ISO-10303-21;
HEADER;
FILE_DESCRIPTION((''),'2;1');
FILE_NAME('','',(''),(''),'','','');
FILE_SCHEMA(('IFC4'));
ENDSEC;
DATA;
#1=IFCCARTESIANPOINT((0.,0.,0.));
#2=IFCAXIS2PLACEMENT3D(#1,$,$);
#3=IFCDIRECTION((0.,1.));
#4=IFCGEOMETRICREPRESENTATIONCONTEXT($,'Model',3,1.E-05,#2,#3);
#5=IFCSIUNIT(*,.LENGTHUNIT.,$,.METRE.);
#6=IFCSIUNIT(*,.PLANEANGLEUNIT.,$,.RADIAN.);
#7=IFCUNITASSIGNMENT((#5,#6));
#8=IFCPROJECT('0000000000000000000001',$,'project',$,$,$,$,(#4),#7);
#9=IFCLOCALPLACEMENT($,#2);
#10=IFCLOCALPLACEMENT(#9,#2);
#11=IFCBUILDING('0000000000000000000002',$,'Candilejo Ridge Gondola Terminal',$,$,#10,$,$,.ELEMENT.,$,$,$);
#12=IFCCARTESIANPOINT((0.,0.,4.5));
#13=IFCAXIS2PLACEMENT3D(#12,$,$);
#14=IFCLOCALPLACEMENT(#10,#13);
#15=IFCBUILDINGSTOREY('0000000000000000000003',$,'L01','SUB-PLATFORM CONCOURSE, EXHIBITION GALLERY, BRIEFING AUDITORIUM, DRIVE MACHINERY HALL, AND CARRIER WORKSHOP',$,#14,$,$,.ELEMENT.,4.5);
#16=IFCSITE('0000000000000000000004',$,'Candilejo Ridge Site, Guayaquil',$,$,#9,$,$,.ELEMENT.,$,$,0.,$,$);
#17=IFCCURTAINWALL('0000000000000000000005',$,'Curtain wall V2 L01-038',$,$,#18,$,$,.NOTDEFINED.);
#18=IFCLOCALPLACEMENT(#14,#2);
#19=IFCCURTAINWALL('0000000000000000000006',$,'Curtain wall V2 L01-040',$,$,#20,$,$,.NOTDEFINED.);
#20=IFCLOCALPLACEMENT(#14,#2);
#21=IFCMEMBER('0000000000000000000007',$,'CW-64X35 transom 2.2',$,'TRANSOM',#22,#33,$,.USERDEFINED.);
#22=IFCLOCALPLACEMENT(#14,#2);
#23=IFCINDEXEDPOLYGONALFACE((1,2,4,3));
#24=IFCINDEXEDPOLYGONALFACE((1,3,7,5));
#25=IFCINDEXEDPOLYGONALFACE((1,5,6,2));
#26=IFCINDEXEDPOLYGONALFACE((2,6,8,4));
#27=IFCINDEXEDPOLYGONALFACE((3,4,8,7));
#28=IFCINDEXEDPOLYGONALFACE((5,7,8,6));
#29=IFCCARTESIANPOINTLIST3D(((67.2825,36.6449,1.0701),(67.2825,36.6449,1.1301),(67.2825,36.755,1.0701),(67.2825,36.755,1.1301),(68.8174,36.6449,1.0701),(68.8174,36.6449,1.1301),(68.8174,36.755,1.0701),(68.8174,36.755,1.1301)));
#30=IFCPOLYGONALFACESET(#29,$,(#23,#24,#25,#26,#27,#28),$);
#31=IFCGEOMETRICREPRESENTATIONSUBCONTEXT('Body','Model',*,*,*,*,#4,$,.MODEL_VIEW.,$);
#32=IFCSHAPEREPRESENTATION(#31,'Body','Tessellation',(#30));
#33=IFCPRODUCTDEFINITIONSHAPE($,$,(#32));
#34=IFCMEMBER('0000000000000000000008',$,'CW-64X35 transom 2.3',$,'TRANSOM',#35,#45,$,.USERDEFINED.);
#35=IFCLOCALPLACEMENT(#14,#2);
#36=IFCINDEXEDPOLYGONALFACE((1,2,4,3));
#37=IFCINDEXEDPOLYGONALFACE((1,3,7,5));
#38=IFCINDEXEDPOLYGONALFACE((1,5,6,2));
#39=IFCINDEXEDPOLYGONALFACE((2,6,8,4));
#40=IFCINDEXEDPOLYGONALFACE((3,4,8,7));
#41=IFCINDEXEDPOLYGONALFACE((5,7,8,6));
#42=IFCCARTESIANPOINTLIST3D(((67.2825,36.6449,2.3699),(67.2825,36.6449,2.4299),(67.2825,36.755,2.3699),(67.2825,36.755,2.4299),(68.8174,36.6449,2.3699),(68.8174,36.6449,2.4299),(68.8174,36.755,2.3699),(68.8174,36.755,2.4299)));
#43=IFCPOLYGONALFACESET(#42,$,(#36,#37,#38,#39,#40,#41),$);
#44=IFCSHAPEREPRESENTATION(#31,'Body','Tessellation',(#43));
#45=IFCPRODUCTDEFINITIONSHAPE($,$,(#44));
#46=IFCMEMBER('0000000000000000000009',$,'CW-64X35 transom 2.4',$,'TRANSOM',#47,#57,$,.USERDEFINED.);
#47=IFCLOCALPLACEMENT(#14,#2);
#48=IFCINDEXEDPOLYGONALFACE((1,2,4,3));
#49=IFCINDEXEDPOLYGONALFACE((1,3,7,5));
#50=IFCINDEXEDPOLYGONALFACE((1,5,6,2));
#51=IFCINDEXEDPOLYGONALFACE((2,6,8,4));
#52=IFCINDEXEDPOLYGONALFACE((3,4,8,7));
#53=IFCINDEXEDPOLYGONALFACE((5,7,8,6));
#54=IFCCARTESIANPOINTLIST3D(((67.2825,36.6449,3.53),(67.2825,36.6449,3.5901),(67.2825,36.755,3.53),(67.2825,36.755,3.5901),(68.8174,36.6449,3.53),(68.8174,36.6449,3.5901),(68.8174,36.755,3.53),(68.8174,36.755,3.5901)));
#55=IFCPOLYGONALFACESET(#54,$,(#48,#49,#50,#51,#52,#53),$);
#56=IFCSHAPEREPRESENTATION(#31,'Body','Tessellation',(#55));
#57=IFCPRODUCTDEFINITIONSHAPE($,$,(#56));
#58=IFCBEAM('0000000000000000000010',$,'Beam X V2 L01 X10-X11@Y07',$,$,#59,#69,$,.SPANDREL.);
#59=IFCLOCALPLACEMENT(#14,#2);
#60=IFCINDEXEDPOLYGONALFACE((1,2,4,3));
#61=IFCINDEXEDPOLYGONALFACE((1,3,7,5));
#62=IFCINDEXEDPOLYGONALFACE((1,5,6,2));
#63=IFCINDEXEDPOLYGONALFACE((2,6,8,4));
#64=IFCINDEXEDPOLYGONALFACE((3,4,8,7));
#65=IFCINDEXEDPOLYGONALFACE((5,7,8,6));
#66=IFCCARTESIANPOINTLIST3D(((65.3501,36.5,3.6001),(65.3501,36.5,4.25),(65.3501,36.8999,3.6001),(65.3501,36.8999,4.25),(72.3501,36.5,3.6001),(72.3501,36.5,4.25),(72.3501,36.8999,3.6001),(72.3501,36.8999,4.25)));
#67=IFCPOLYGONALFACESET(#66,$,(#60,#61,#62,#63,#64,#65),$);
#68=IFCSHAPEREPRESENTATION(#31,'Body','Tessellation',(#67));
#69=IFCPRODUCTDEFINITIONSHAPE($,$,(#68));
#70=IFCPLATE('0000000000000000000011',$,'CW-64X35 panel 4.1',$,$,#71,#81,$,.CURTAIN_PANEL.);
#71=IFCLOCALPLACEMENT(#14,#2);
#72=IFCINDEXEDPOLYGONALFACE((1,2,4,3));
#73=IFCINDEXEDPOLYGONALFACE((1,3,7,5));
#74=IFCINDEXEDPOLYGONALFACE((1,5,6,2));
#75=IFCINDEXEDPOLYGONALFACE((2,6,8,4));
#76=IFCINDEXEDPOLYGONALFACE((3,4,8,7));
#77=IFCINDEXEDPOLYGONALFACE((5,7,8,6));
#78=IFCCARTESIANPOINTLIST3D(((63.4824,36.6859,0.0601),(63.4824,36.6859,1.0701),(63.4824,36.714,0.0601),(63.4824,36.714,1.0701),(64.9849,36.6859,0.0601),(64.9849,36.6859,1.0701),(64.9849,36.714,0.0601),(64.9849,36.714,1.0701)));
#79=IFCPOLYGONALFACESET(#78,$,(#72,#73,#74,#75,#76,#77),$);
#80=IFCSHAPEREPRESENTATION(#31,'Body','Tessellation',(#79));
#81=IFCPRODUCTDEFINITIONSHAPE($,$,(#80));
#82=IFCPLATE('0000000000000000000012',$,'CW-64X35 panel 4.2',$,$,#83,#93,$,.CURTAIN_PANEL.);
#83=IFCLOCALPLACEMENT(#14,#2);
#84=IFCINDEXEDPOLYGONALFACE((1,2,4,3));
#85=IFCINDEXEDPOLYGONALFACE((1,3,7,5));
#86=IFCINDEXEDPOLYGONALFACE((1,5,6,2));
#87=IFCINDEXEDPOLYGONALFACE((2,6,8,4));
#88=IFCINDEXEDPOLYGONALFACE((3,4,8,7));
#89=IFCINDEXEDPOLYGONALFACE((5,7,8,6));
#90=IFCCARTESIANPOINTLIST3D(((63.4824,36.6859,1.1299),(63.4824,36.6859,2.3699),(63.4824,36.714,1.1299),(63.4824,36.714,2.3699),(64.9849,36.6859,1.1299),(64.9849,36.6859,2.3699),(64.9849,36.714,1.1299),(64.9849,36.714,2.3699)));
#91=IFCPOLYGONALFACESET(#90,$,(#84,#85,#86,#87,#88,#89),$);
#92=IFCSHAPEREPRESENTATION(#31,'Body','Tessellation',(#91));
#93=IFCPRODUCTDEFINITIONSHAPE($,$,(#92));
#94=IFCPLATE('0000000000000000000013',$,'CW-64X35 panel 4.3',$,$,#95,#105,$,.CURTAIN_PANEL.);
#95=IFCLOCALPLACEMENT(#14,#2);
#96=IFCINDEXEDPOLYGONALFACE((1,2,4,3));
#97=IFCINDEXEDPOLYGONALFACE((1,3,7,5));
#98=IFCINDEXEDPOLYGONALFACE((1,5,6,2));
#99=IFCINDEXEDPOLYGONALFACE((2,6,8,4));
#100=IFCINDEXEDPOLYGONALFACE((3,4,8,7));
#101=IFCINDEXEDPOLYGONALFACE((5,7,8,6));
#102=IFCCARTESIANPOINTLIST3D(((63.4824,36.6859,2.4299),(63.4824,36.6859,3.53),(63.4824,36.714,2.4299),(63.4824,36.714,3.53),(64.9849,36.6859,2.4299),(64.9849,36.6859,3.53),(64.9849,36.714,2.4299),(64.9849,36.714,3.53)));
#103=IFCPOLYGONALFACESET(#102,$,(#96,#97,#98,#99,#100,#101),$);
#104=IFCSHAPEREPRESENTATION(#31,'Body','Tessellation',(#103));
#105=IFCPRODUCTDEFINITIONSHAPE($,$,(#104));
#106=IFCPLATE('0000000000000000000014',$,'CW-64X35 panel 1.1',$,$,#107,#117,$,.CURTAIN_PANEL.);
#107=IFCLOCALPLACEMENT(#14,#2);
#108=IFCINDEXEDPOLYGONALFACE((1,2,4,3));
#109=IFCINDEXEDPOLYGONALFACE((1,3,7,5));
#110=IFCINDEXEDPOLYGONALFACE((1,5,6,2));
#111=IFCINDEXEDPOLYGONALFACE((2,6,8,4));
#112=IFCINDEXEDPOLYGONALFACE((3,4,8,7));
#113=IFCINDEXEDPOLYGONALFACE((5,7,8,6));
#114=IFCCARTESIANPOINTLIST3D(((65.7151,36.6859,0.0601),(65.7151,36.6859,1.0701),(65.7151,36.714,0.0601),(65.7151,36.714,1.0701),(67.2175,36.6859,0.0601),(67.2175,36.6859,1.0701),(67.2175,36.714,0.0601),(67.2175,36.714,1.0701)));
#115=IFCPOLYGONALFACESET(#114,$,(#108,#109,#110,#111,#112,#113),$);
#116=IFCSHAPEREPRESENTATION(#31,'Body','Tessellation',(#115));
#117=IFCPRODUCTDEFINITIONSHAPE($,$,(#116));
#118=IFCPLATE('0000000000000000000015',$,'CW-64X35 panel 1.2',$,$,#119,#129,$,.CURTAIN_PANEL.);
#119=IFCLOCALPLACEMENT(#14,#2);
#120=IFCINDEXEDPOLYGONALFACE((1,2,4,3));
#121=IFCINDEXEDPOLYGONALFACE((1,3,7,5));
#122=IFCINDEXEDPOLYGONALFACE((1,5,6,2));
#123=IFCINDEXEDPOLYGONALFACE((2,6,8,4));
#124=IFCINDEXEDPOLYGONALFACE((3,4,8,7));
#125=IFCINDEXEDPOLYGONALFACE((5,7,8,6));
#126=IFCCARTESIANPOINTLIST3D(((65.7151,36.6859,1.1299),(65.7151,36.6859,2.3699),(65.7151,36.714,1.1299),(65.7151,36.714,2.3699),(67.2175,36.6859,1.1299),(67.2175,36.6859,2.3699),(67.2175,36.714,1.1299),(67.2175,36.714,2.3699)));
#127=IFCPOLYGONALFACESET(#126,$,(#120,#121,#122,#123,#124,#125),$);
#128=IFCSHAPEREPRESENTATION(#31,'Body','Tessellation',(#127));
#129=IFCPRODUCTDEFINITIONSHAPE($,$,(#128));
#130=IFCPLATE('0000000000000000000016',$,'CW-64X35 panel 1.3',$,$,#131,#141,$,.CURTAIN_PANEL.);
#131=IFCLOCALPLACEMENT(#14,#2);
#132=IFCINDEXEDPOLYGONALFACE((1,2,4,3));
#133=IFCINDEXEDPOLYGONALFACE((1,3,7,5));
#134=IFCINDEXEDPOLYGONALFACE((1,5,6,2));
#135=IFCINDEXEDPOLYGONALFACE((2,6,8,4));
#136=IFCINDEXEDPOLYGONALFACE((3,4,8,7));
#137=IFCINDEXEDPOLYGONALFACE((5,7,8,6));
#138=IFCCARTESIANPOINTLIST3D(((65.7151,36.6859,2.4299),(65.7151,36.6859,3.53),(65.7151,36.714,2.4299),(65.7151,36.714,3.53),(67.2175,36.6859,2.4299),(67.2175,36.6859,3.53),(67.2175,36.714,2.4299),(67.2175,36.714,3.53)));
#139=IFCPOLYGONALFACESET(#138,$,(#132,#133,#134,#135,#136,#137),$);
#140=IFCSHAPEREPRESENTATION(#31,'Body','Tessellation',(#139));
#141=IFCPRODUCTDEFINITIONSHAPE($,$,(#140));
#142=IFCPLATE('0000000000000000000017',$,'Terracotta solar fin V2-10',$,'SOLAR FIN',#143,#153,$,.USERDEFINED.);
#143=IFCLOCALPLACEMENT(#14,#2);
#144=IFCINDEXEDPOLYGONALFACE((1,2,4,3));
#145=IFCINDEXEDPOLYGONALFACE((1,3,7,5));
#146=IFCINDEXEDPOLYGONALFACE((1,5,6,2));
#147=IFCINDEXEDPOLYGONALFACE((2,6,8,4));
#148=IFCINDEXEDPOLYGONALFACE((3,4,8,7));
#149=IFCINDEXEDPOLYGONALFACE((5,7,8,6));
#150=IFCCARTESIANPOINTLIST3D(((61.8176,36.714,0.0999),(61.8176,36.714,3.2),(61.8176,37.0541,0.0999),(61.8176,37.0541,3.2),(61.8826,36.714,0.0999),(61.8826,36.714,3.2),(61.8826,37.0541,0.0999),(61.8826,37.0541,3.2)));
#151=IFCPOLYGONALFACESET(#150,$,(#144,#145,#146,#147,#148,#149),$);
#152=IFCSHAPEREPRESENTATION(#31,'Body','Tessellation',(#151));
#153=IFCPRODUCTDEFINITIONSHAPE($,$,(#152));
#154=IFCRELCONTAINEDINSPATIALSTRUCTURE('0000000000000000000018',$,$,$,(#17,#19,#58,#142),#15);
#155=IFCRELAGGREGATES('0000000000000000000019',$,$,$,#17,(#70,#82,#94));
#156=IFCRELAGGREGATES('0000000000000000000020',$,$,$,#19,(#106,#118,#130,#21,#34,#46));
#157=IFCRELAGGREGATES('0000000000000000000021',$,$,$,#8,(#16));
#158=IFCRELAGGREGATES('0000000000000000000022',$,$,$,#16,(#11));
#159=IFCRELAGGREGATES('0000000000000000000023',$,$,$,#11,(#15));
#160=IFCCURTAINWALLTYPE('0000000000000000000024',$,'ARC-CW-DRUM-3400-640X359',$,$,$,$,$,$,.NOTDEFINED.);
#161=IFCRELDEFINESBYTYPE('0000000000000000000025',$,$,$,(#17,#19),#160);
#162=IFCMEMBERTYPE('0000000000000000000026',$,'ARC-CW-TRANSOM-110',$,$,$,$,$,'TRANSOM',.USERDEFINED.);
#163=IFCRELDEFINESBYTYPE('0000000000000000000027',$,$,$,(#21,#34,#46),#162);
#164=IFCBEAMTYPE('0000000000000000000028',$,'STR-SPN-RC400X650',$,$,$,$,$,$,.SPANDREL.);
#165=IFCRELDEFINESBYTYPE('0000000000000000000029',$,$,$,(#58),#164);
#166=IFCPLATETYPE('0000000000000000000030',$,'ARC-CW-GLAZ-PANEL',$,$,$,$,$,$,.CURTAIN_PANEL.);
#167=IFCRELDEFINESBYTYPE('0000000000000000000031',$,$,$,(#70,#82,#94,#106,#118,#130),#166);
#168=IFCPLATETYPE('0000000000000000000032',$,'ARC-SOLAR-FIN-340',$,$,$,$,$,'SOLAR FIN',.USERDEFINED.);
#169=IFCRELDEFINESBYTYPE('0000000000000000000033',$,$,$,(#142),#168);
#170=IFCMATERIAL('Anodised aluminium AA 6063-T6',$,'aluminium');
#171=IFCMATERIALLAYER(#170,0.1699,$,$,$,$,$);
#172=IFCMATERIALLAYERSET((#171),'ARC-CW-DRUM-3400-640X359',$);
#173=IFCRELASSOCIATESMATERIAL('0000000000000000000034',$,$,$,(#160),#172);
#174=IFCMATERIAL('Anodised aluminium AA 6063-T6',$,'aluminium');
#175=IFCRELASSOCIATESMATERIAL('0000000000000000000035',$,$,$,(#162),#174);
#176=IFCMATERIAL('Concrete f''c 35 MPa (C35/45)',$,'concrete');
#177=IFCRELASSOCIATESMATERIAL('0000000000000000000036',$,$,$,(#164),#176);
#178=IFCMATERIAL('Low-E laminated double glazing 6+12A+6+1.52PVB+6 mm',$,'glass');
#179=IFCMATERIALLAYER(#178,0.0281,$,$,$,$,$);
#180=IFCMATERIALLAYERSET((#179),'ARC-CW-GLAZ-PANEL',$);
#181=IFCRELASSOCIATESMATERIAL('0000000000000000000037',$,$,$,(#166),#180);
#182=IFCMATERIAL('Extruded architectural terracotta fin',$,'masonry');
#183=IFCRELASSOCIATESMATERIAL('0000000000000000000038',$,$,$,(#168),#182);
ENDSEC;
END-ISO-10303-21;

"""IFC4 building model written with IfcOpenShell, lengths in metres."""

from ifc_helpers import new_model, si_unit, direction, frame, origin, origin_2d, place, context, subcontext, project, spatial, rectangle, extrude, material, layer, layer_set, material_profile, profile_set, type_object, element, aggregate, save


model = new_model("IFC4")

# Units and contexts
model_context = context("Model", 3, precision=1e-05, world=origin(), true_north=direction((0.0, 1.0)))
body_context = subcontext(model_context, "Body", "Model", "MODEL_VIEW")
ifc_project = project(units=[si_unit("LENGTHUNIT", "METRE"), si_unit("PLANEANGLEUNIT", "RADIAN")], contexts=[model_context])

# Site, building, storey
site_placement = place(None, origin())
site = spatial("IfcSite", under=ifc_project, at=site_placement, Name="Candilejo Ridge Site, Guayaquil", CompositionType="ELEMENT", RefElevation=0.0)
building_placement = place(site_placement, origin())
building = spatial("IfcBuilding", under=site, at=building_placement, Name="Candilejo Ridge Gondola Terminal", CompositionType="ELEMENT")
storey_placement = place(building_placement, frame((0.0, 0.0, 4.5)))
storey = spatial("IfcBuildingStorey", under=building, at=storey_placement, Name="L01", Description="SUB-PLATFORM CONCOURSE, EXHIBITION GALLERY, BRIEFING AUDITORIUM, DRIVE MACHINERY HALL, AND CARRIER WORKSHOP", CompositionType="ELEMENT", Elevation=4.5)

# Curtain walls
ifc_material_1 = material(Name="Anodised aluminium AA 6063-T6", Category="aluminium")
ifc_layer_1 = layer(ifc_material_1, 0.1699)
ifc_layer_set_1 = layer_set([ifc_layer_1], Name="ARC-CW-DRUM-3400-640X359")
curtain_wall_type = type_object("IfcCurtainWallType", Name="ARC-CW-DRUM-3400-640X359", PredefinedType="NOTDEFINED", material=ifc_layer_set_1)
curtain_wall_1_placement = place(storey_placement, origin())
curtain_wall_1 = element("IfcCurtainWall", 1, at=curtain_wall_1_placement, inside=storey, type_object=curtain_wall_type, Name="Curtain wall V2 L01-038", PredefinedType="NOTDEFINED")
curtain_wall_2_placement = place(storey_placement, origin())
curtain_wall_2 = element("IfcCurtainWall", 2, at=curtain_wall_2_placement, inside=storey, type_object=curtain_wall_type, Name="Curtain wall V2 L01-040", PredefinedType="NOTDEFINED")

# Members
ifc_material_2 = material(Name="Anodised aluminium AA 6063-T6", Category="aluminium")
ifc_material_profile_1 = material_profile(ifc_material_2, rectangle(XDim=0.1101, YDim=0.0601, at=origin_2d()))
ifc_profile_set_1 = profile_set([ifc_material_profile_1], Name="Anodised aluminium AA 6063-T6")
member_type_1 = type_object("IfcMemberType", Name="ARC-CW-TRANSOM-110", ElementType="TRANSOM", PredefinedType="USERDEFINED", material=ifc_profile_set_1)
member_1_placement = place(storey_placement, frame((67.2825, 36.7, 1.1001), z_axis=(1.0, 0.0, 0.0), x_axis=(0.0, 1.0, 0.0)))
member_1 = element("IfcMember", 3, at=member_1_placement, type_object=member_type_1, Name="CW-64X35 transom 2.2", ObjectType="TRANSOM", PredefinedType="USERDEFINED", context=body_context, shape_type="SweptSolid", body=[
    extrude(rectangle(XDim=0.1101, YDim=0.0601, at=origin_2d()), origin(), (0.0, 0.0, 1.0), 1.5349),
])
member_2_placement = place(storey_placement, frame((67.2825, 36.7, 2.3999), z_axis=(1.0, 0.0, 0.0), x_axis=(0.0, 1.0, 0.0)))
member_2 = element("IfcMember", 4, at=member_2_placement, type_object=member_type_1, Name="CW-64X35 transom 2.3", ObjectType="TRANSOM", PredefinedType="USERDEFINED", context=body_context, shape_type="SweptSolid", body=[
    extrude(rectangle(XDim=0.1101, YDim=0.0601, at=origin_2d()), origin(), (0.0, 0.0, 1.0), 1.5349),
])
member_3_placement = place(storey_placement, frame((67.2825, 36.7, 3.5601), z_axis=(1.0, 0.0, 0.0), x_axis=(0.0, 1.0, 0.0)))
member_3 = element("IfcMember", 5, at=member_3_placement, type_object=member_type_1, Name="CW-64X35 transom 2.4", ObjectType="TRANSOM", PredefinedType="USERDEFINED", context=body_context, shape_type="SweptSolid", body=[
    extrude(rectangle(XDim=0.1101, YDim=0.0601, at=origin_2d()), origin(), (0.0, 0.0, 1.0), 1.5349),
])

# Beam
ifc_material_3 = material(Name="Concrete f'c 35 MPa (C35/45)", Category="concrete")
ifc_material_profile_2 = material_profile(ifc_material_3, rectangle(XDim=0.3999, YDim=0.6499, at=origin_2d()))
ifc_profile_set_2 = profile_set([ifc_material_profile_2], Name="Concrete f'c 35 MPa (C35/45)")
beam_type = type_object("IfcBeamType", Name="STR-SPN-RC400X650", PredefinedType="SPANDREL", material=ifc_profile_set_2)
beam_placement = place(storey_placement, frame((65.3501, 36.7, 3.925), z_axis=(1.0, 0.0, 0.0), x_axis=(0.0, 1.0, 0.0)))
element("IfcBeam", 6, at=beam_placement, inside=storey, type_object=beam_type, Name="Beam X V2 L01 X10-X11@Y07", PredefinedType="SPANDREL", context=body_context, shape_type="SweptSolid", body=[
    extrude(rectangle(XDim=0.3999, YDim=0.6499, at=origin_2d()), origin(), (0.0, 0.0, 1.0), 7.0),
])

# Plates
ifc_material_4 = material(Name="Low-E laminated double glazing 6+12A+6+1.52PVB+6 mm", Category="glass")
ifc_layer_2 = layer(ifc_material_4, 0.0281)
ifc_layer_set_2 = layer_set([ifc_layer_2], Name="ARC-CW-GLAZ-PANEL")
plate_type_1 = type_object("IfcPlateType", Name="ARC-CW-GLAZ-PANEL", PredefinedType="CURTAIN_PANEL", material=ifc_layer_set_2)
plate_1_placement = place(storey_placement, frame((64.2336, 36.7, 0.0601), z_axis=(0.0, 0.0, 1.0), x_axis=(1.0, 0.0, 0.0)))
plate_1 = element("IfcPlate", 7, at=plate_1_placement, type_object=plate_type_1, Name="CW-64X35 panel 4.1", PredefinedType="CURTAIN_PANEL", context=body_context, shape_type="SweptSolid", body=[
    extrude(rectangle(XDim=1.5024, YDim=0.0281, at=origin_2d()), origin(), (0.0, 0.0, 1.0), 1.01),
])
plate_2_placement = place(storey_placement, frame((64.2336, 36.7, 1.1299), z_axis=(0.0, 0.0, 1.0), x_axis=(1.0, 0.0, 0.0)))
plate_2 = element("IfcPlate", 8, at=plate_2_placement, type_object=plate_type_1, Name="CW-64X35 panel 4.2", PredefinedType="CURTAIN_PANEL", context=body_context, shape_type="SweptSolid", body=[
    extrude(rectangle(XDim=1.5024, YDim=0.0281, at=origin_2d()), origin(), (0.0, 0.0, 1.0), 1.24),
])
plate_3_placement = place(storey_placement, frame((64.2336, 36.7, 2.4299), z_axis=(0.0, 0.0, 1.0), x_axis=(1.0, 0.0, 0.0)))
plate_3 = element("IfcPlate", 9, at=plate_3_placement, type_object=plate_type_1, Name="CW-64X35 panel 4.3", PredefinedType="CURTAIN_PANEL", context=body_context, shape_type="SweptSolid", body=[
    extrude(rectangle(XDim=1.5024, YDim=0.0281, at=origin_2d()), origin(), (0.0, 0.0, 1.0), 1.1001),
])
aggregate(curtain_wall_1, [plate_1, plate_2, plate_3])
plate_4_placement = place(storey_placement, frame((66.4663, 36.7, 0.0601), z_axis=(0.0, 0.0, 1.0), x_axis=(1.0, 0.0, 0.0)))
plate_4 = element("IfcPlate", 10, at=plate_4_placement, type_object=plate_type_1, Name="CW-64X35 panel 1.1", PredefinedType="CURTAIN_PANEL", context=body_context, shape_type="SweptSolid", body=[
    extrude(rectangle(XDim=1.5024, YDim=0.0281, at=origin_2d()), origin(), (0.0, 0.0, 1.0), 1.01),
])
plate_5_placement = place(storey_placement, frame((66.4663, 36.7, 1.1299), z_axis=(0.0, 0.0, 1.0), x_axis=(1.0, 0.0, 0.0)))
plate_5 = element("IfcPlate", 11, at=plate_5_placement, type_object=plate_type_1, Name="CW-64X35 panel 1.2", PredefinedType="CURTAIN_PANEL", context=body_context, shape_type="SweptSolid", body=[
    extrude(rectangle(XDim=1.5024, YDim=0.0281, at=origin_2d()), origin(), (0.0, 0.0, 1.0), 1.24),
])
plate_6_placement = place(storey_placement, frame((66.4663, 36.7, 2.4299), z_axis=(0.0, 0.0, 1.0), x_axis=(1.0, 0.0, 0.0)))
plate_6 = element("IfcPlate", 12, at=plate_6_placement, type_object=plate_type_1, Name="CW-64X35 panel 1.3", PredefinedType="CURTAIN_PANEL", context=body_context, shape_type="SweptSolid", body=[
    extrude(rectangle(XDim=1.5024, YDim=0.0281, at=origin_2d()), origin(), (0.0, 0.0, 1.0), 1.1001),
])
aggregate(curtain_wall_2, [plate_4, plate_5, plate_6, member_1, member_2, member_3])
ifc_material_5 = material(Name="Extruded architectural terracotta fin", Category="masonry")
plate_type_2 = type_object("IfcPlateType", Name="ARC-SOLAR-FIN-340", ElementType="SOLAR FIN", PredefinedType="USERDEFINED", material=ifc_material_5)
plate_7_placement = place(storey_placement, frame((61.8501, 36.884, 0.0999), z_axis=(0.0, 0.0, 1.0), x_axis=(1.0, 0.0, 0.0)))
element("IfcPlate", 13, at=plate_7_placement, inside=storey, type_object=plate_type_2, Name="Terracotta solar fin V2-10", ObjectType="SOLAR FIN", PredefinedType="USERDEFINED", context=body_context, shape_type="SweptSolid", body=[
    extrude(rectangle(XDim=0.0649, YDim=0.3401, at=origin_2d()), origin(), (0.0, 0.0, 1.0), 3.1001),
])

save(model, "model.ifc")
